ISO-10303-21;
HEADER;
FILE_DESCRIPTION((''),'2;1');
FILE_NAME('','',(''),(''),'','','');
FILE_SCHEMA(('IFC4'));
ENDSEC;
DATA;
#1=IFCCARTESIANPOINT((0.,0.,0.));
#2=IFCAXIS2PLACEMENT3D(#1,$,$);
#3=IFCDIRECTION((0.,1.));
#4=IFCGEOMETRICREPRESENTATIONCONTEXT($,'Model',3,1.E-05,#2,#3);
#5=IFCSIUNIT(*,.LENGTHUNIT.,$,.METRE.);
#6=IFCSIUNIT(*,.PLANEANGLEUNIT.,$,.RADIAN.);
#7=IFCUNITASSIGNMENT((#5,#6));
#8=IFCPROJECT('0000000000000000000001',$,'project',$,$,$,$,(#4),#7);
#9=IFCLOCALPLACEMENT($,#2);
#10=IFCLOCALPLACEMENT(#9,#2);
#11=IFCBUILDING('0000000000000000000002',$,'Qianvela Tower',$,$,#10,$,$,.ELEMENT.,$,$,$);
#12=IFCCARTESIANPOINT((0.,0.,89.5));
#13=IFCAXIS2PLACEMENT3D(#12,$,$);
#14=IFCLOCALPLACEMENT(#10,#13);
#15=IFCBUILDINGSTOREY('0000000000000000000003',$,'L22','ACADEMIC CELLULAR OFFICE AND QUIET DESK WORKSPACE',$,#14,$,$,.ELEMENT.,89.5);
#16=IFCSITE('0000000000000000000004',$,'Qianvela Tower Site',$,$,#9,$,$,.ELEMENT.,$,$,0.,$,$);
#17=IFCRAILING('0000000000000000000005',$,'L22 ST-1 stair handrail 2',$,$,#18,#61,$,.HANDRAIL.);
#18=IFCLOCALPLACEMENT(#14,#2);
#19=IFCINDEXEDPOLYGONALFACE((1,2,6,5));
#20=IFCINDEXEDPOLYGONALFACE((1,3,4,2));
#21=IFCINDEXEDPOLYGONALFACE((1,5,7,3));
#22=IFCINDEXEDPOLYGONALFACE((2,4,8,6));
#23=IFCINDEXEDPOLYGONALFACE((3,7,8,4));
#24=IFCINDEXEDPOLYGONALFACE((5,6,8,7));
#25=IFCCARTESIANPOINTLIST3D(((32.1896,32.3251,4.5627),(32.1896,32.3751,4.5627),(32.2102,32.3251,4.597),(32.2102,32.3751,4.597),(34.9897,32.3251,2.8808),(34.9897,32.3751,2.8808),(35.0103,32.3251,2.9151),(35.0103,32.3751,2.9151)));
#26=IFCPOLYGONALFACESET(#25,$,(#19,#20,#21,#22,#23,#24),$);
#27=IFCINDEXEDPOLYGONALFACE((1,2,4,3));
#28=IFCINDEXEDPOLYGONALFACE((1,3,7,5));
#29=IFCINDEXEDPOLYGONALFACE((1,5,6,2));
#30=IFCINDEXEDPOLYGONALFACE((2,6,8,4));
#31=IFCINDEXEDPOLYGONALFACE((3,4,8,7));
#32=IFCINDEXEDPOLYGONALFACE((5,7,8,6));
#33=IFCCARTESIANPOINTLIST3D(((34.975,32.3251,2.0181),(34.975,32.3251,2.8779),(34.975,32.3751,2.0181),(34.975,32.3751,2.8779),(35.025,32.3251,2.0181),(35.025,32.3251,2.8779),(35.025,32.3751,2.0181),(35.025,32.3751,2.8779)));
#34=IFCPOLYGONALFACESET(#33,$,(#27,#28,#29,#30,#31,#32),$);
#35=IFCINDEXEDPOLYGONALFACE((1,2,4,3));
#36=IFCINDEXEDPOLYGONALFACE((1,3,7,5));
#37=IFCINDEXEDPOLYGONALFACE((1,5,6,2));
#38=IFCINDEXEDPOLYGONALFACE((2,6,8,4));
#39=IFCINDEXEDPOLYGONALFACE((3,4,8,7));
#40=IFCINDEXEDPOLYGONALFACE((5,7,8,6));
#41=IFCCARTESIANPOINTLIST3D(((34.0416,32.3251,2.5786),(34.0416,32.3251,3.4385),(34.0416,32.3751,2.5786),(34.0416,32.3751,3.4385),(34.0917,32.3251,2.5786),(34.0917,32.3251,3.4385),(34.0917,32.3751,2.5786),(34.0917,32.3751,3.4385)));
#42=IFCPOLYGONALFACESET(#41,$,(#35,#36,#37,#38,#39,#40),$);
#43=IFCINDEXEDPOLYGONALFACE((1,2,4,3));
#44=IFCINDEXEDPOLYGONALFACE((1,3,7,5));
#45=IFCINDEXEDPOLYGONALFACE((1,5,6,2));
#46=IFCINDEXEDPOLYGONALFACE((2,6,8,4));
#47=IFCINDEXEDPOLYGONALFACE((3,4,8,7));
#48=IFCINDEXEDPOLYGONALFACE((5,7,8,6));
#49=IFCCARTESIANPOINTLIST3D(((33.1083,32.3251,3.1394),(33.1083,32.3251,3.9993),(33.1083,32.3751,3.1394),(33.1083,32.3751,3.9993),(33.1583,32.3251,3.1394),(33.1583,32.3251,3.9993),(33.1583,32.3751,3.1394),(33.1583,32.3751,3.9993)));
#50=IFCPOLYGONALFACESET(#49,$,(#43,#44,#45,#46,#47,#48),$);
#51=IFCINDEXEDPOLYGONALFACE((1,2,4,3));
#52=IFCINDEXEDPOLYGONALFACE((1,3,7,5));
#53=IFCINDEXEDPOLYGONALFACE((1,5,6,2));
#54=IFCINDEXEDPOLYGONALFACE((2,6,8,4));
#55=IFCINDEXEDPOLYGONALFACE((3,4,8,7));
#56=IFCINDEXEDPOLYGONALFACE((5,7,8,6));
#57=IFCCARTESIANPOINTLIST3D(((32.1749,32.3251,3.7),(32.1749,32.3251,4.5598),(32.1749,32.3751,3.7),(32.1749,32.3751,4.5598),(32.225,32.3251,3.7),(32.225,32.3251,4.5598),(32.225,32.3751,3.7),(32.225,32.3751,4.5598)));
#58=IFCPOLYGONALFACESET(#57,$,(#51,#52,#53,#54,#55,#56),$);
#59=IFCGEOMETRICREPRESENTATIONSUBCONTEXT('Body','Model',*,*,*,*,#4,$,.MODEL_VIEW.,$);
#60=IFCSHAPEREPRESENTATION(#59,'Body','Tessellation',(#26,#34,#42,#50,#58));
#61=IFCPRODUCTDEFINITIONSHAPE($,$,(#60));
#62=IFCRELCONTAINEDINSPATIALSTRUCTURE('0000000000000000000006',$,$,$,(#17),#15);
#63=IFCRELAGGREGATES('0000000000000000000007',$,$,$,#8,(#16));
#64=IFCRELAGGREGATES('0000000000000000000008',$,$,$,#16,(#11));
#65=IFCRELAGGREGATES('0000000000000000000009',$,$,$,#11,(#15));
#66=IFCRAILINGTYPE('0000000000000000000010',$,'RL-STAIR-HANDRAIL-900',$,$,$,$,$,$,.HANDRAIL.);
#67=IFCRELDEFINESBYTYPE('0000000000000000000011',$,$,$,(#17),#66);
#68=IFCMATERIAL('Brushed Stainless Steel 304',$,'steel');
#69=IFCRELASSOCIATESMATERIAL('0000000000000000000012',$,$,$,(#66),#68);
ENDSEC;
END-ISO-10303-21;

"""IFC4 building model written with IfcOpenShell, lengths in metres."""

from ifc_helpers import new_model, si_unit, direction, frame, origin, origin_2d, place, context, subcontext, project, spatial, rectangle, extrude, material, type_object, element, save


model = new_model("IFC4")

# Units and contexts
model_context = context("Model", 3, precision=1e-05, world=origin(), true_north=direction((0.0, 1.0)))
body_context = subcontext(model_context, "Body", "Model", "MODEL_VIEW")
ifc_project = project(units=[si_unit("LENGTHUNIT", "METRE"), si_unit("PLANEANGLEUNIT", "RADIAN")], contexts=[model_context])

# Site, building, storey
site_placement = place(None, origin())
site = spatial("IfcSite", under=ifc_project, at=site_placement, Name="Qianvela Tower Site", CompositionType="ELEMENT", RefElevation=0.0)
building_placement = place(site_placement, origin())
building = spatial("IfcBuilding", under=site, at=building_placement, Name="Qianvela Tower", CompositionType="ELEMENT")
storey_placement = place(building_placement, frame((0.0, 0.0, 89.5)))
storey = spatial("IfcBuildingStorey", under=building, at=storey_placement, Name="L22", Description="ACADEMIC CELLULAR OFFICE AND QUIET DESK WORKSPACE", CompositionType="ELEMENT", Elevation=89.5)

# Railing
ifc_material_1 = material(Name="Brushed Stainless Steel 304", Category="steel")
railing_type_1 = type_object("IfcRailingType", Name="RL-STAIR-HANDRAIL-900", PredefinedType="HANDRAIL", material=ifc_material_1)
railing_1_placement = place(storey_placement, frame((35.0, 32.3501, 2.0181)))
element("IfcRailing", 1, at=railing_1_placement, inside=storey, type_object=railing_type_1, Name="L22 ST-1 stair handrail 2", PredefinedType="HANDRAIL", context=body_context, shape_type="SweptSolid", body=[
    extrude(rectangle(XDim=0.05, YDim=0.04, at=origin_2d()), frame((0.0, 0.0, 0.8799), z_axis=(-0.857242, 0.0, 0.514913), x_axis=(0.0, -1.0, 0.0)), (0.0, 0.0, 1.0), 3.2664),
    extrude(rectangle(XDim=0.05, YDim=0.05, at=origin_2d()), origin(), (0.0, 0.0, 1.0), 0.8599),
    extrude(rectangle(XDim=0.05, YDim=0.05, at=origin_2d()), frame((-0.9333, 0.0, 0.5605)), (0.0, 0.0, 1.0), 0.8599),
    extrude(rectangle(XDim=0.05, YDim=0.05, at=origin_2d()), frame((-1.8667, 0.0, 1.1213)), (0.0, 0.0, 1.0), 0.8599),
    extrude(rectangle(XDim=0.05, YDim=0.05, at=origin_2d()), frame((-2.8, 0.0, 1.6819)), (0.0, 0.0, 1.0), 0.8599),
])

save(model, "model.ifc")
